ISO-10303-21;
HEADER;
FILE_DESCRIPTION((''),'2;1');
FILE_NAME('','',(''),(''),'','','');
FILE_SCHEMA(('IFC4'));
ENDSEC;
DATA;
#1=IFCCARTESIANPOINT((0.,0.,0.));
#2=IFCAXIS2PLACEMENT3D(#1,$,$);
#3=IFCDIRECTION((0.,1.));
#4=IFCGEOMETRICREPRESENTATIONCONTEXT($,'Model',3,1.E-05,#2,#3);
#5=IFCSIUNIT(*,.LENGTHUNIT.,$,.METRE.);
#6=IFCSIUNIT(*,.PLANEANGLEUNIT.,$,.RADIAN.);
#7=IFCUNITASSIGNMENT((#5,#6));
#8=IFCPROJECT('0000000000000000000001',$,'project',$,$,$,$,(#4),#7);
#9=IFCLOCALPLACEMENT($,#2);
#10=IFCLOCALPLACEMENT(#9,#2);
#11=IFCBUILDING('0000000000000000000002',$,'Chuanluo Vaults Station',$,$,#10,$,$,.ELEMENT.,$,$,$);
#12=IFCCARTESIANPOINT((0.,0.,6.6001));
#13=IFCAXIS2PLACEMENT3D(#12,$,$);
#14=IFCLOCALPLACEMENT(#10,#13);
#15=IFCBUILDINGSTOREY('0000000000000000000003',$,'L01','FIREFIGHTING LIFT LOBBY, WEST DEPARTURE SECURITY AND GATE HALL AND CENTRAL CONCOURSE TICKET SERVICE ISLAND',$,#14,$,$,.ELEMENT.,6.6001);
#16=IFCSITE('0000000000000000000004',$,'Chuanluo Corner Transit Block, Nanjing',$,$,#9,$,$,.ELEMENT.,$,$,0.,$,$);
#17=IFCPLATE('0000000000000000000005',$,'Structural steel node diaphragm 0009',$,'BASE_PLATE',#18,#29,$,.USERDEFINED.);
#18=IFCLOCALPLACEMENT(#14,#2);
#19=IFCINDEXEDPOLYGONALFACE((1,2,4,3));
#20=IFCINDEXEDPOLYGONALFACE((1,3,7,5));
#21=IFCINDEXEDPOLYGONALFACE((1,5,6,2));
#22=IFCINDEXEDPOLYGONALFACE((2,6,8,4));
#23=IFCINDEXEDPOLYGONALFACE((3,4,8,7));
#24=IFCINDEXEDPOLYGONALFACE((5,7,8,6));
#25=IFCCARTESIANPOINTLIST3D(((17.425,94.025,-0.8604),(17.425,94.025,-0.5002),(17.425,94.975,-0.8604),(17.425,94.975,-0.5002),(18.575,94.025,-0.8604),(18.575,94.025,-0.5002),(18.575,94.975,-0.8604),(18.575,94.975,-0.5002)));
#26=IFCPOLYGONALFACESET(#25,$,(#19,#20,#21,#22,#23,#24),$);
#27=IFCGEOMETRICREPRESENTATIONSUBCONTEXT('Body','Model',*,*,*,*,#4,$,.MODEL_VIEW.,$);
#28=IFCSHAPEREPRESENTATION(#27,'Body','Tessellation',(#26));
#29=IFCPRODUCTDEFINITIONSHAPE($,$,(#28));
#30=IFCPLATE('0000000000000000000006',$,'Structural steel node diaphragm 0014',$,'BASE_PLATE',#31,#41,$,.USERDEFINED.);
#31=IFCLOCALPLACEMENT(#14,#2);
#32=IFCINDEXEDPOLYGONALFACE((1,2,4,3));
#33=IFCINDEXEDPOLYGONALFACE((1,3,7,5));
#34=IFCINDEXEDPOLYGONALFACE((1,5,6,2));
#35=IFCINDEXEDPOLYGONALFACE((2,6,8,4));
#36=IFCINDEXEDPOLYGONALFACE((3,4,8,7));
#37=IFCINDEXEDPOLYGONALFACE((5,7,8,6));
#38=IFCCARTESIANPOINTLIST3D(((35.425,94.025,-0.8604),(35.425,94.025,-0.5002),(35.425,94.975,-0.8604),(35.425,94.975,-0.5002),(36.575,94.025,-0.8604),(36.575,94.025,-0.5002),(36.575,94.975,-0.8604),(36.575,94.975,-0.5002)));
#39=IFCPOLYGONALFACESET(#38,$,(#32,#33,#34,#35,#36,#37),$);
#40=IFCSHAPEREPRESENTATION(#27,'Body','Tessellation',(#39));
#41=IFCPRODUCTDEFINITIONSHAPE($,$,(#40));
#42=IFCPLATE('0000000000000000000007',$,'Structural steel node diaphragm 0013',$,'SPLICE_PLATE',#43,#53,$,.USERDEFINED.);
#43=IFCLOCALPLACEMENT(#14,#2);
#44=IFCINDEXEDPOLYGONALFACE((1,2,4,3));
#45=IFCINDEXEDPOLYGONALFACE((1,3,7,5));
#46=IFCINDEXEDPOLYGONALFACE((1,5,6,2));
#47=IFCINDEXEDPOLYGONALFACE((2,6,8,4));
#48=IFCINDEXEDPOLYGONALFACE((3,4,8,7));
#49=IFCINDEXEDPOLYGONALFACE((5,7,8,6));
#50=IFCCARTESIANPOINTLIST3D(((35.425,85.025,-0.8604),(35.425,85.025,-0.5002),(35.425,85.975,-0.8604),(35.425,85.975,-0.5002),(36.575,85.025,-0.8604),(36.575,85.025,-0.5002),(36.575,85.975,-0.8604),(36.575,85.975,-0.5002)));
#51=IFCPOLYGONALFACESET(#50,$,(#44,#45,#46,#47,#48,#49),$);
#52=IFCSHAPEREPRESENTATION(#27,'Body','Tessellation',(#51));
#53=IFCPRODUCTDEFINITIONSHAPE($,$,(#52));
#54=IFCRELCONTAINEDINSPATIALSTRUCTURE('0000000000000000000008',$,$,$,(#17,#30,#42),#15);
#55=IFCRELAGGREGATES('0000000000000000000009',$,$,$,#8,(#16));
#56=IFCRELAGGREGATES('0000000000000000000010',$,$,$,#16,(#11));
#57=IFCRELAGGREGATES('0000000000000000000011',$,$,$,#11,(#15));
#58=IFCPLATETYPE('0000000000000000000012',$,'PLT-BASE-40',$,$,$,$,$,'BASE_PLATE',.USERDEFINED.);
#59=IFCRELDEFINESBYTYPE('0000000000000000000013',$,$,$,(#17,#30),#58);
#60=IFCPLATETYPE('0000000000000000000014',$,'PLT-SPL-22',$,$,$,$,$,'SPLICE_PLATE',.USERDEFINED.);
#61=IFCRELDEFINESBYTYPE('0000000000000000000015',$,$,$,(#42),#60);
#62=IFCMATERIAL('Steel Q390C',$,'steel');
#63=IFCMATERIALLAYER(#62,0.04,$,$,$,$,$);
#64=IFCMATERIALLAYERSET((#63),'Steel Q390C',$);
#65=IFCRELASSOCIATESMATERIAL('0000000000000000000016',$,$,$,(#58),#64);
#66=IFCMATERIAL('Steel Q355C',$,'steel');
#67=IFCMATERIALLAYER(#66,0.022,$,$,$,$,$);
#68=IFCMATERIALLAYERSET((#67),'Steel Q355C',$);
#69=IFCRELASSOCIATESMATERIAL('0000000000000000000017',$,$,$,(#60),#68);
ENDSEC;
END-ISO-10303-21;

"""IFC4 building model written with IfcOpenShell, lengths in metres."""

from ifc_helpers import new_model, si_unit, direction, frame, origin, origin_2d, place, context, subcontext, project, spatial, rectangle, extrude, material, layer, layer_set, type_object, element, save


model = new_model("IFC4")

# Units and contexts
model_context = context("Model", 3, precision=1e-05, world=origin(), true_north=direction((0.0, 1.0)))
body_context = subcontext(model_context, "Body", "Model", "MODEL_VIEW")
ifc_project = project(units=[si_unit("LENGTHUNIT", "METRE"), si_unit("PLANEANGLEUNIT", "RADIAN")], contexts=[model_context])

# Site, building, storey
site_placement = place(None, origin())
site = spatial("IfcSite", under=ifc_project, at=site_placement, Name="Chuanluo Corner Transit Block, Nanjing", CompositionType="ELEMENT", RefElevation=0.0)
building_placement = place(site_placement, origin())
building = spatial("IfcBuilding", under=site, at=building_placement, Name="Chuanluo Vaults Station", CompositionType="ELEMENT")
storey_placement = place(building_placement, frame((0.0, 0.0, 6.6001)))
storey = spatial("IfcBuildingStorey", under=building, at=storey_placement, Name="L01", Description="FIREFIGHTING LIFT LOBBY, WEST DEPARTURE SECURITY AND GATE HALL AND CENTRAL CONCOURSE TICKET SERVICE ISLAND", CompositionType="ELEMENT", Elevation=6.6001)

# Plates
ifc_material_1 = material(Name="Steel Q390C", Category="steel")
ifc_layer_1 = layer(ifc_material_1, 0.04)
ifc_layer_set_1 = layer_set([ifc_layer_1], Name="Steel Q390C")
plate_type_1 = type_object("IfcPlateType", Name="PLT-BASE-40", ElementType="BASE_PLATE", PredefinedType="USERDEFINED", material=ifc_layer_set_1)
for number, where, z_axis, x_axis, name in (
    (1, (18.0, 94.5, -0.8604), (0.0, 0.0, 1.0), (1.0, 0.0, 0.0), "Structural steel node diaphragm 0009"),
    (2, (36.0, 94.5, -0.8604), (0.0, 0.0, 1.0), (1.0, 0.0, 0.0), "Structural steel node diaphragm 0014"),
):
    element("IfcPlate", number, at=place(storey_placement, frame(where, z_axis=z_axis, x_axis=x_axis)), inside=storey, type_object=plate_type_1, Name=name, ObjectType="BASE_PLATE", PredefinedType="USERDEFINED", context=body_context, shape_type="SweptSolid", body=[
        extrude(rectangle(XDim=1.1499, YDim=0.95, at=origin_2d()), origin(), (0.0, 0.0, 1.0), 0.3601),
    ])
ifc_material_2 = material(Name="Steel Q355C", Category="steel")
ifc_layer_2 = layer(ifc_material_2, 0.022)
ifc_layer_set_2 = layer_set([ifc_layer_2], Name="Steel Q355C")
plate_type_2 = type_object("IfcPlateType", Name="PLT-SPL-22", ElementType="SPLICE_PLATE", PredefinedType="USERDEFINED", material=ifc_layer_set_2)
plate_1_placement = place(storey_placement, frame((36.0, 85.5, -0.8604), z_axis=(0.0, 0.0, 1.0), x_axis=(1.0, 0.0, 0.0)))
element("IfcPlate", 3, at=plate_1_placement, inside=storey, type_object=plate_type_2, Name="Structural steel node diaphragm 0013", ObjectType="SPLICE_PLATE", PredefinedType="USERDEFINED", context=body_context, shape_type="SweptSolid", body=[
    extrude(rectangle(XDim=1.1499, YDim=0.95, at=origin_2d()), origin(), (0.0, 0.0, 1.0), 0.3601),
])

save(model, "model.ifc")
